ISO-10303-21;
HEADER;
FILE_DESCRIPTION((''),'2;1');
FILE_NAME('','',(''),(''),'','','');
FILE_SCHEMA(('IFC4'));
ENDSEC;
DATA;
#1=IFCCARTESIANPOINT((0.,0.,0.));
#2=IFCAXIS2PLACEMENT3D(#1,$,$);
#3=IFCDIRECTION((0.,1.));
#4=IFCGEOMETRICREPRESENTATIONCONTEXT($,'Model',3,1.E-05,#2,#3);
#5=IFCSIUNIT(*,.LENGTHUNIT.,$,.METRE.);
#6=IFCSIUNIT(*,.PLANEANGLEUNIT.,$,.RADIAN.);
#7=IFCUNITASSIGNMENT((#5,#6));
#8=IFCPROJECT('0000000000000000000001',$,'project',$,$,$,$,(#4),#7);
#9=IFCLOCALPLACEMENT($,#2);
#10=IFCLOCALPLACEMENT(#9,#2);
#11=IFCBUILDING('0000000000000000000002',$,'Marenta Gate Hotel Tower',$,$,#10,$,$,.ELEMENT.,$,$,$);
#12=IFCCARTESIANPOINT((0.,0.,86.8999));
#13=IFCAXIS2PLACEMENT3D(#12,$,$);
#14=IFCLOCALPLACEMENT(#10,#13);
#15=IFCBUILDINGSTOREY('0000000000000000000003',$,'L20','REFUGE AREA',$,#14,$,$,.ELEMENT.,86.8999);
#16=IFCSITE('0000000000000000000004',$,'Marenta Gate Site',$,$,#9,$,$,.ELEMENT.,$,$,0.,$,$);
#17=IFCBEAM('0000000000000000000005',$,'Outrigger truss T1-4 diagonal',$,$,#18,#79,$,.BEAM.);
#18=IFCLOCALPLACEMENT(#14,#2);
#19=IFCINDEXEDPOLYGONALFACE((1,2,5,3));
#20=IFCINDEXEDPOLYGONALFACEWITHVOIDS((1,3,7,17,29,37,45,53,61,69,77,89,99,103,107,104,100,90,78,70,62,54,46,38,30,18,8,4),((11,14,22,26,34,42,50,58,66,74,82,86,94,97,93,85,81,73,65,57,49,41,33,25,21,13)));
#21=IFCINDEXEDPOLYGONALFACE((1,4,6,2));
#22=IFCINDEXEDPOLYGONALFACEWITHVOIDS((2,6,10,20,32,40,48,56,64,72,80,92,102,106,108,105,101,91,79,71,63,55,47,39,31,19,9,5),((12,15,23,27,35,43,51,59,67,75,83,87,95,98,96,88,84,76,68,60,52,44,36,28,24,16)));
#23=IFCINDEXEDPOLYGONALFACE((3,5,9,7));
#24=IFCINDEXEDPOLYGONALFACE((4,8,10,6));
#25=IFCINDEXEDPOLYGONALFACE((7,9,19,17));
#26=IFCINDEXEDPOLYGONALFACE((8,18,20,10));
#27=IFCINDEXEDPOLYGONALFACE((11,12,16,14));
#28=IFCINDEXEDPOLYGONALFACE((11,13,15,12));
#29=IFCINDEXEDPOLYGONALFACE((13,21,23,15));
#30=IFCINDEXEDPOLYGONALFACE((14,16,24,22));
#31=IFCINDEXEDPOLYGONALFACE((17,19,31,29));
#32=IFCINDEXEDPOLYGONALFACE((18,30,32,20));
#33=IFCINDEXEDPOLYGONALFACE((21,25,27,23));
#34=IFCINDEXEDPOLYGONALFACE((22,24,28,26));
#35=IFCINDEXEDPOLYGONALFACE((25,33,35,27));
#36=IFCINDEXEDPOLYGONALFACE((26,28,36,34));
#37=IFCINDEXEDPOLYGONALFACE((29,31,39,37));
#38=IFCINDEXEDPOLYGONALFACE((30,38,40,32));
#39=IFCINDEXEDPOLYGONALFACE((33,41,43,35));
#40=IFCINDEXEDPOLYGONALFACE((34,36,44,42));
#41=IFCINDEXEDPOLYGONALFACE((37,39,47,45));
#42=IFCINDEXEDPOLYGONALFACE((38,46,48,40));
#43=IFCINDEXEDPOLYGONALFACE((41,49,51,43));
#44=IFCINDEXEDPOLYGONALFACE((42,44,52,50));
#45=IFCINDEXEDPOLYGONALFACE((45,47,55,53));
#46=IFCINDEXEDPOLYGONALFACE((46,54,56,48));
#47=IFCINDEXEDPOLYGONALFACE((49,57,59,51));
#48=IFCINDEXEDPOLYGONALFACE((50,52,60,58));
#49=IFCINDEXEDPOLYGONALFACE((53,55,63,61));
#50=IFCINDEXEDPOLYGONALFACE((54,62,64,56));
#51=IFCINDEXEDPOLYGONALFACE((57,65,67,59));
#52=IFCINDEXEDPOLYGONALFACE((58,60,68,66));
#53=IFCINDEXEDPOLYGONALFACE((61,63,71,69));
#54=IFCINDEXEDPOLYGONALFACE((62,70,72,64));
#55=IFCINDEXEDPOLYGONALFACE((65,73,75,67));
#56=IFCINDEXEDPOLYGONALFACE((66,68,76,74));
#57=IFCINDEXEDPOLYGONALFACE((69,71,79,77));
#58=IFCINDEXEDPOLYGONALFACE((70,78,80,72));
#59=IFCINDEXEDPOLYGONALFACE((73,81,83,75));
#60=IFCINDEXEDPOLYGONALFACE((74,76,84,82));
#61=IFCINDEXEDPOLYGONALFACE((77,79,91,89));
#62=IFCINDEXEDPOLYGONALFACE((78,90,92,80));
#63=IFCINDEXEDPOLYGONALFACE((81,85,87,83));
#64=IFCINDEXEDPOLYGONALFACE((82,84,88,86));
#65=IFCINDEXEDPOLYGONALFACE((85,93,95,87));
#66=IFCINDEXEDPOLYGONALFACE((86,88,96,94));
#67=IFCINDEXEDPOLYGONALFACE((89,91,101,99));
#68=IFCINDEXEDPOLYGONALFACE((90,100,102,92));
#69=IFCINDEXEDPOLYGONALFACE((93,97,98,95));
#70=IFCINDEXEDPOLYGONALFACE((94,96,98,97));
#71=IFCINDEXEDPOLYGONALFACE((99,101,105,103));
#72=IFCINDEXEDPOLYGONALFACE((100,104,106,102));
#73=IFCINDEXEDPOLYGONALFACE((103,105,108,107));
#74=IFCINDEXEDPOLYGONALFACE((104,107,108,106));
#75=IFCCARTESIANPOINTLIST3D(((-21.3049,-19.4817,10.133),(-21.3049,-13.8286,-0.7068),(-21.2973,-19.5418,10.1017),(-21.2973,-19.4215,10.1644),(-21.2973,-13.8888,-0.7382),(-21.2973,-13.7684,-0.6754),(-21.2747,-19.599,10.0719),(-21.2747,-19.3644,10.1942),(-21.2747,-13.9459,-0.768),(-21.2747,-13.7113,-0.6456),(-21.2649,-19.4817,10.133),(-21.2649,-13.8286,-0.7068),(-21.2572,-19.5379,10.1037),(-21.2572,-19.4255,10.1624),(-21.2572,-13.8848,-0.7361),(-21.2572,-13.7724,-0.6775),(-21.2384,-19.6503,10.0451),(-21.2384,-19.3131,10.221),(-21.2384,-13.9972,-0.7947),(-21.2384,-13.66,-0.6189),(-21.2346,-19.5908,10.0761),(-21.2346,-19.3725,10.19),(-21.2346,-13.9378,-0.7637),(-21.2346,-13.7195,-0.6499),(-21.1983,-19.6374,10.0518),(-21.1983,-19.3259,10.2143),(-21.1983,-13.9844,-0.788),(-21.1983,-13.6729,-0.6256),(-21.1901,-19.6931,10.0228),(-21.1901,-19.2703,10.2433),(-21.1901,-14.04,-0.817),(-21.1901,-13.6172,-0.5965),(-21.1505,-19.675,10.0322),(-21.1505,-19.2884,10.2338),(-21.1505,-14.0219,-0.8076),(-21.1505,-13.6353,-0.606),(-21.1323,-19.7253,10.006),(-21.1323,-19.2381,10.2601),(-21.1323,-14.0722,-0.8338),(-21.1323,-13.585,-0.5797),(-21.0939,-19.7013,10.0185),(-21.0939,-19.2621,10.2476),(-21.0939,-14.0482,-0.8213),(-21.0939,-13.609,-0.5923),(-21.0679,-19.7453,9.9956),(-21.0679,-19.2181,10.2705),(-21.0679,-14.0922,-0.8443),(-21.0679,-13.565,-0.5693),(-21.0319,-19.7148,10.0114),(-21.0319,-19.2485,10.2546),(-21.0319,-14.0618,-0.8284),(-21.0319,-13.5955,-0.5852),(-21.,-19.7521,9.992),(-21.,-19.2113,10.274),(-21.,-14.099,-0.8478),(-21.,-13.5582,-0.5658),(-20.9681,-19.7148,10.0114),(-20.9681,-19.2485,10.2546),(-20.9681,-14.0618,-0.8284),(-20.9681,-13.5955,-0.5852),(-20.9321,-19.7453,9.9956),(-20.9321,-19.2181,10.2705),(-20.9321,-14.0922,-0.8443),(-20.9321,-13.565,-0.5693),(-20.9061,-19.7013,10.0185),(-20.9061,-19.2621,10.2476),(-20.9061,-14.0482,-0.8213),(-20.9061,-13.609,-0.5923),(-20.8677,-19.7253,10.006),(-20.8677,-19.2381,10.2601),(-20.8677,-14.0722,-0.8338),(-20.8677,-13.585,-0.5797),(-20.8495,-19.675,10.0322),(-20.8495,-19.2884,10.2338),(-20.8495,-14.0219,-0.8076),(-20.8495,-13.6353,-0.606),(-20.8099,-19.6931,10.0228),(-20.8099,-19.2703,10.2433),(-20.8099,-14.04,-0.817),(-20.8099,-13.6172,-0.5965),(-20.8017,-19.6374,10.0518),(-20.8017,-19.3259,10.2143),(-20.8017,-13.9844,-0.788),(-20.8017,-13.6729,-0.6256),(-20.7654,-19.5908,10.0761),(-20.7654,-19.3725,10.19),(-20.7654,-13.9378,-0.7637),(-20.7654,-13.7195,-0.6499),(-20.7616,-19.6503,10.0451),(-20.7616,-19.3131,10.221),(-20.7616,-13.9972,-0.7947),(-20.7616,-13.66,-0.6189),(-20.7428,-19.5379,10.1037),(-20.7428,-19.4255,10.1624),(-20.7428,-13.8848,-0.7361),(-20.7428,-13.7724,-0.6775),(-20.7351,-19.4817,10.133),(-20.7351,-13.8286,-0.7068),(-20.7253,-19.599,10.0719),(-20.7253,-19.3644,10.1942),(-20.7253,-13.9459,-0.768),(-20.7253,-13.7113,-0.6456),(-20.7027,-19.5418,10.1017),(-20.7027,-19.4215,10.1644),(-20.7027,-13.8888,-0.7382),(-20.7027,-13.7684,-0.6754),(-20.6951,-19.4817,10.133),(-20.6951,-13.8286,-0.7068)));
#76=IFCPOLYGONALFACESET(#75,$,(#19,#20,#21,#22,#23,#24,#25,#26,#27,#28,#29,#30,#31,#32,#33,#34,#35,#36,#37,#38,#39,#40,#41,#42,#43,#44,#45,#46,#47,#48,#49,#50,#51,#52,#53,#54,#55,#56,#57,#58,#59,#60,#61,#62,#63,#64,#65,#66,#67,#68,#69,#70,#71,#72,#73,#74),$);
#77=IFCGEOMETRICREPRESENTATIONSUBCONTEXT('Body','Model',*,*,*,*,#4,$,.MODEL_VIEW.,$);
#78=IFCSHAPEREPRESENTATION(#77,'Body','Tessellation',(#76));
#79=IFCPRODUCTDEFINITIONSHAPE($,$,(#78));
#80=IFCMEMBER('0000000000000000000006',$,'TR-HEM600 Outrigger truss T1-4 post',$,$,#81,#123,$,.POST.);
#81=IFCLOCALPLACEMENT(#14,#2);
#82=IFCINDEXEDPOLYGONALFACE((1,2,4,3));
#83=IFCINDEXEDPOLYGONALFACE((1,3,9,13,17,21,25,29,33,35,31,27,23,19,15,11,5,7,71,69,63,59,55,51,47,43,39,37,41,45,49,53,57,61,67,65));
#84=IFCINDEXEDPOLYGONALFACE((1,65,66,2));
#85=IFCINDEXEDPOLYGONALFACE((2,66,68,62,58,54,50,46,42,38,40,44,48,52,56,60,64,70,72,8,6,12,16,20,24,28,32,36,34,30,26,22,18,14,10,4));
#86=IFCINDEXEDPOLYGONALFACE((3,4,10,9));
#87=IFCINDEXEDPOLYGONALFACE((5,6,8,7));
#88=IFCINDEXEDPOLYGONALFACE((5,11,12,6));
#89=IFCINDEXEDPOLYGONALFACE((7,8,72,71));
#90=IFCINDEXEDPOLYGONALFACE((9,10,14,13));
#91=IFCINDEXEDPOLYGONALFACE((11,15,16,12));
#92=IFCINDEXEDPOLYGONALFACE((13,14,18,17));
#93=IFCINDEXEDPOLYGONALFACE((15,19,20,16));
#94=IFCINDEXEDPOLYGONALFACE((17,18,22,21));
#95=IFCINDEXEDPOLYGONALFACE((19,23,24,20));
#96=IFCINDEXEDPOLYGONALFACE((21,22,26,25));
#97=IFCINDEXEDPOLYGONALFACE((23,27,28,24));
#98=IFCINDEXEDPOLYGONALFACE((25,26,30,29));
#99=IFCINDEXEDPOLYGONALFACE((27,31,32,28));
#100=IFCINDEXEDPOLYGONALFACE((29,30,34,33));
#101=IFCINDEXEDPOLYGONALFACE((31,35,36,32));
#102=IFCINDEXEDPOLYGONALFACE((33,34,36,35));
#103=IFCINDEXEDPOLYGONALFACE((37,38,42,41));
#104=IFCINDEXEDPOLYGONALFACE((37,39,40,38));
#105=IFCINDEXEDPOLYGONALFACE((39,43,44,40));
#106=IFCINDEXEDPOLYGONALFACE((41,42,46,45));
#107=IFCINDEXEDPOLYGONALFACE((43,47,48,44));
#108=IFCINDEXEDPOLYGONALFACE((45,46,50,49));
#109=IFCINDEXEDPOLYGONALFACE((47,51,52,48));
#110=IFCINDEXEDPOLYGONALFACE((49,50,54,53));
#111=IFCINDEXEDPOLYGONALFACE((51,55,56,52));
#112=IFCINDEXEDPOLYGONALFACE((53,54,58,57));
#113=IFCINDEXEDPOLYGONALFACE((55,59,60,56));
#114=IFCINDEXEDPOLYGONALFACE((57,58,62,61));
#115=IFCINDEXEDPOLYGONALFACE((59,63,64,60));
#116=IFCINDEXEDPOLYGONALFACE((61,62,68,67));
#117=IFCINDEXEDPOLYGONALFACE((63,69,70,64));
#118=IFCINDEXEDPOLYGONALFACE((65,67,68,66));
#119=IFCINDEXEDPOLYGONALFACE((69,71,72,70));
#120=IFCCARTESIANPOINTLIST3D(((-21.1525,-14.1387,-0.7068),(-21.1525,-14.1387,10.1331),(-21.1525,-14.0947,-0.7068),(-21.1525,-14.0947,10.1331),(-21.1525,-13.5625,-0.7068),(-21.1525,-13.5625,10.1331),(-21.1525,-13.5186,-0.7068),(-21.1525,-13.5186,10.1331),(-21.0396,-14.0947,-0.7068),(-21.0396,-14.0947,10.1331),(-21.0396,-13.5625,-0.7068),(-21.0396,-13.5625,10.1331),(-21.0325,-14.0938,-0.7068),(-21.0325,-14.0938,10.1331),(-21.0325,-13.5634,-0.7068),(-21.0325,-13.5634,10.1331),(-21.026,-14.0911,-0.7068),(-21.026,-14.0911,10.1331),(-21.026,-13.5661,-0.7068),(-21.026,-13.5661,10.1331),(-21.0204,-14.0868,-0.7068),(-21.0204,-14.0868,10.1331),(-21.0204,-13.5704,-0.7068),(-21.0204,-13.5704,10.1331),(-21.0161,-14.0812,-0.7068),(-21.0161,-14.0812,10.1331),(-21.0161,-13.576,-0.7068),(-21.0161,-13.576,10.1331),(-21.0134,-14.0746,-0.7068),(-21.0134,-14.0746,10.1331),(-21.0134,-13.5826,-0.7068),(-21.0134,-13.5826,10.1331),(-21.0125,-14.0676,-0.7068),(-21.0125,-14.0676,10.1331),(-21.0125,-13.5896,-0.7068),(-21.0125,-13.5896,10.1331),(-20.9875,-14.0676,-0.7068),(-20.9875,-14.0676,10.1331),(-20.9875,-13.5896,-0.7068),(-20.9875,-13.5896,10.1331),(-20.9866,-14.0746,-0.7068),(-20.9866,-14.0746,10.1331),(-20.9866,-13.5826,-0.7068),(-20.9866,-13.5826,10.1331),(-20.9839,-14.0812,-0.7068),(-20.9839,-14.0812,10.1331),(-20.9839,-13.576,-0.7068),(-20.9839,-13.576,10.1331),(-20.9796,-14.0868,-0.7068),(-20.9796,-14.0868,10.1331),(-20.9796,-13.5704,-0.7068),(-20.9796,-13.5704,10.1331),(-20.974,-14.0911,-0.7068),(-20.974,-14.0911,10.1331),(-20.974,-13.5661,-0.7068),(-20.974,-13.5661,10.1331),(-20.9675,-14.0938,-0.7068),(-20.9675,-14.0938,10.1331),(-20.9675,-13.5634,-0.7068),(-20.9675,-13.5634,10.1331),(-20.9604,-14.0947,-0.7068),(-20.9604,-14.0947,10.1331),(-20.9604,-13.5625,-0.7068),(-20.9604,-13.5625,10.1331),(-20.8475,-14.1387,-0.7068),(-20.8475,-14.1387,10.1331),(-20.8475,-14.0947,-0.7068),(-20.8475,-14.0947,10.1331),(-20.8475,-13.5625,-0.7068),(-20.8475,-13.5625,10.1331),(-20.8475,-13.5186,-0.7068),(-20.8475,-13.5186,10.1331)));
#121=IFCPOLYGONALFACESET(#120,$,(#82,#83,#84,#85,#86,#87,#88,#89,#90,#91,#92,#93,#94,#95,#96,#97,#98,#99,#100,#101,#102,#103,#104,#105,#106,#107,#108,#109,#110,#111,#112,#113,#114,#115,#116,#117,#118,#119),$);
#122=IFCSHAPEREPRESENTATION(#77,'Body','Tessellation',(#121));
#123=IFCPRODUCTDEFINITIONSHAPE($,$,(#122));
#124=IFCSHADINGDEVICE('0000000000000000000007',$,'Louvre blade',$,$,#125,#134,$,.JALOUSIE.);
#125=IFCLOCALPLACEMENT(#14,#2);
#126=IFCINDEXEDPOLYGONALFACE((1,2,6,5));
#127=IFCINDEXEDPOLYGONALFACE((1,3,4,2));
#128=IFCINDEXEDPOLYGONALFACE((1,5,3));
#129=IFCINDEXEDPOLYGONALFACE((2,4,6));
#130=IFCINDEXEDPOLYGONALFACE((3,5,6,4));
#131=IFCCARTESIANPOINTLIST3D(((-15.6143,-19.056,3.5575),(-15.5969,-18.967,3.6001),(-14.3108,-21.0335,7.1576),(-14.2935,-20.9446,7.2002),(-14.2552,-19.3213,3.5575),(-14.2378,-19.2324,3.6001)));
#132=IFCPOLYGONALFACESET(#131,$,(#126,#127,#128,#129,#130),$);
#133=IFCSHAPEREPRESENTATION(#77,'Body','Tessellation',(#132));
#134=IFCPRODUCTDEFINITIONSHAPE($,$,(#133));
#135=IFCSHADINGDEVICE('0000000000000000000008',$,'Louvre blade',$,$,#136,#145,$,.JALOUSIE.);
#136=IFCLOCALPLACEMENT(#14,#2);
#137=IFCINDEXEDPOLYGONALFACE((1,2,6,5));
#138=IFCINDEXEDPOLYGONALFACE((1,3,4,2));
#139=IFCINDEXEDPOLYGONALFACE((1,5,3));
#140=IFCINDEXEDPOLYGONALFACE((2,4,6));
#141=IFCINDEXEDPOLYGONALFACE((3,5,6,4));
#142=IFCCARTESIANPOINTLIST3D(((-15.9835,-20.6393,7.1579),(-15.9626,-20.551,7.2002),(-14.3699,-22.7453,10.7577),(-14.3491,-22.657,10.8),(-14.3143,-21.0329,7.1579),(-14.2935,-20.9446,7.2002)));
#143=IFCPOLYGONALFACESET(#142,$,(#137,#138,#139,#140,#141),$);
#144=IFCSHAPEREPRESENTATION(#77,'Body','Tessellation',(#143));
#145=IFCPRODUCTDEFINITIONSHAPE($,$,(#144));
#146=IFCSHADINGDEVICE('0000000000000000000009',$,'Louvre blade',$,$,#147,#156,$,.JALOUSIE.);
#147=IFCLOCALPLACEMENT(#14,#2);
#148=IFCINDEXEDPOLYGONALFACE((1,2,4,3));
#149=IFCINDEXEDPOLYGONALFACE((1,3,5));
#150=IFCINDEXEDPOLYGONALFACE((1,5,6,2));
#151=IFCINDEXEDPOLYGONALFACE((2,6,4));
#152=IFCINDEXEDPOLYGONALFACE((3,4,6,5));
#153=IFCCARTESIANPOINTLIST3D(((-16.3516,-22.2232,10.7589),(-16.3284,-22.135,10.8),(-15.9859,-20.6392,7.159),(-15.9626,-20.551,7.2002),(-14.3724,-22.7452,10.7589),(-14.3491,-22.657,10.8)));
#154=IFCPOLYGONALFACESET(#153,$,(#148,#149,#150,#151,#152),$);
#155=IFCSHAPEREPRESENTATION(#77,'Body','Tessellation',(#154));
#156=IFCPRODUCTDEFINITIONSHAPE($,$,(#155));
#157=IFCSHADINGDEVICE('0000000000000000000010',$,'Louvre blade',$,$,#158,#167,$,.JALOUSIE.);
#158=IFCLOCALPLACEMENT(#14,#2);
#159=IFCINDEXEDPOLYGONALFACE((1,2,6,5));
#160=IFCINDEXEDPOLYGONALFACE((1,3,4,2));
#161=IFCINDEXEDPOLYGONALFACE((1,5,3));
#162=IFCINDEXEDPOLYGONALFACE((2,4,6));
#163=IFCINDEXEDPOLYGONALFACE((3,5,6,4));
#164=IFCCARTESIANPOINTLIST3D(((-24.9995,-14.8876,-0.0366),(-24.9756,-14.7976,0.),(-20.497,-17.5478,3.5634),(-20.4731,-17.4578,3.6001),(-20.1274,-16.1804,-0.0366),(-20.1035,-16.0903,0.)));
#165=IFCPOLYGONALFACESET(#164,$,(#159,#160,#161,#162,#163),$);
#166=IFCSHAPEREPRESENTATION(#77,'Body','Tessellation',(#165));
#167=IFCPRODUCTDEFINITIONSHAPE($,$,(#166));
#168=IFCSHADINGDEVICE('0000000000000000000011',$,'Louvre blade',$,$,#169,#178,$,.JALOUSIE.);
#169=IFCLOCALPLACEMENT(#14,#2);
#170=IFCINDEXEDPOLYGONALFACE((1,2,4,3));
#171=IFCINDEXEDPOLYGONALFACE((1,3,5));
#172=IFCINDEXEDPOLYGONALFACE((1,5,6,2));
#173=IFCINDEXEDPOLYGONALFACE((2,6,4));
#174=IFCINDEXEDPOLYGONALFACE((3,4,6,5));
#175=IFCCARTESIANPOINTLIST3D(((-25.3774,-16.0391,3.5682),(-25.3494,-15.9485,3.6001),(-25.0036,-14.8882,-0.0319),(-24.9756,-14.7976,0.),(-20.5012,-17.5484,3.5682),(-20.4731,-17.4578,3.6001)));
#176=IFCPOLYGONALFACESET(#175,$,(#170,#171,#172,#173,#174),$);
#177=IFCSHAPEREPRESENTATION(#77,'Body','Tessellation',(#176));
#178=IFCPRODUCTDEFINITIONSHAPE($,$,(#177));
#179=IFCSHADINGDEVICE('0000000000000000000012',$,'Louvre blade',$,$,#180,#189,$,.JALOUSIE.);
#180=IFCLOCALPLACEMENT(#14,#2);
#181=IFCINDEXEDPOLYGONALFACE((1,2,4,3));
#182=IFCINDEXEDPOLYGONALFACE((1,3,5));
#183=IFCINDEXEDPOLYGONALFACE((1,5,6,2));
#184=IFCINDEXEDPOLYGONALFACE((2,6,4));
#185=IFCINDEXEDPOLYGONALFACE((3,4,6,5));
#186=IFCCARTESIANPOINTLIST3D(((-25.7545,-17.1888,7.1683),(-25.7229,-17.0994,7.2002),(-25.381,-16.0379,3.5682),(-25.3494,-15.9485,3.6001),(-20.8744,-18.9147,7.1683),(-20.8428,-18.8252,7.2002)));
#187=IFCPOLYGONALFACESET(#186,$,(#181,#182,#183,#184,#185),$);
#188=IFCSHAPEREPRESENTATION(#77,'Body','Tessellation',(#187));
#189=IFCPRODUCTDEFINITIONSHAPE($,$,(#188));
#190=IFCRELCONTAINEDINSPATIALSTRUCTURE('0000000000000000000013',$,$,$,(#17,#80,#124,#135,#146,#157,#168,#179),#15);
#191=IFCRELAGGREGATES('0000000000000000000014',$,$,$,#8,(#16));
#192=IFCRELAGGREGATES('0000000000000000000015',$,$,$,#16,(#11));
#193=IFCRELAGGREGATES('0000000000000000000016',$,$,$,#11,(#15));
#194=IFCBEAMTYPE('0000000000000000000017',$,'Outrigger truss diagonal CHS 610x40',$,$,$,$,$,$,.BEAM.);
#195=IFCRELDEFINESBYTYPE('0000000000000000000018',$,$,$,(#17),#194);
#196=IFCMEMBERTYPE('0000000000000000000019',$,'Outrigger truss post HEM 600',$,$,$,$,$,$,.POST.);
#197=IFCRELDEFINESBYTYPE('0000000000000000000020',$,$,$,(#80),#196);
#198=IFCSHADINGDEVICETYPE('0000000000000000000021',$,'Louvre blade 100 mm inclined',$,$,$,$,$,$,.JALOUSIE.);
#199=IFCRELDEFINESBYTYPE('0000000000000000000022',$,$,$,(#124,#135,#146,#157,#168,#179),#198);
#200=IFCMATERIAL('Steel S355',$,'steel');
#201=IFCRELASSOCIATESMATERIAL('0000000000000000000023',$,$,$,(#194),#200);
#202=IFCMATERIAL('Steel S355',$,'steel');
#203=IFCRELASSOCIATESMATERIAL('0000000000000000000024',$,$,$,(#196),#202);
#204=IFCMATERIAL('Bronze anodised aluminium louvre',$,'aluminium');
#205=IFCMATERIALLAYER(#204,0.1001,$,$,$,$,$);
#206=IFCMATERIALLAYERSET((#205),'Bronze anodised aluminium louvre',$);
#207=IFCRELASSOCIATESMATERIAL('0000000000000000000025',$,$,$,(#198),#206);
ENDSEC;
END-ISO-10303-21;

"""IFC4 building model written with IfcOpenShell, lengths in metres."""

from ifc_helpers import new_model, si_unit, direction, frame, origin, origin_2d, place, context, subcontext, project, spatial, polyline, hollow_circle, i_section, outline, extrude, material, layer, layer_set, material_profile, profile_set, type_object, element, save


model = new_model("IFC4")

# Units and contexts
model_context = context("Model", 3, precision=1e-05, world=origin(), true_north=direction((0.0, 1.0)))
body_context = subcontext(model_context, "Body", "Model", "MODEL_VIEW")
ifc_project = project(units=[si_unit("LENGTHUNIT", "METRE"), si_unit("PLANEANGLEUNIT", "RADIAN")], contexts=[model_context])

# Site, building, storey
site_placement = place(None, origin())
site = spatial("IfcSite", under=ifc_project, at=site_placement, Name="Marenta Gate Site", CompositionType="ELEMENT", RefElevation=0.0)
building_placement = place(site_placement, origin())
building = spatial("IfcBuilding", under=site, at=building_placement, Name="Marenta Gate Hotel Tower", CompositionType="ELEMENT")
storey_placement = place(building_placement, frame((0.0, 0.0, 86.8999)))
storey = spatial("IfcBuildingStorey", under=building, at=storey_placement, Name="L20", Description="REFUGE AREA", CompositionType="ELEMENT", Elevation=86.8999)

# Beam
ifc_material_1 = material(Name="Steel S355", Category="steel")
ifc_material_profile_1 = material_profile(ifc_material_1, hollow_circle(Radius=0.3049, WallThickness=0.04, at=origin_2d()), Name="CHS 610x40")
ifc_profile_set_1 = profile_set([ifc_material_profile_1], Name="Steel S355")
beam_type_1 = type_object("IfcBeamType", Name="Outrigger truss diagonal CHS 610x40", PredefinedType="BEAM", material=ifc_profile_set_1)
beam_1_placement = place(storey_placement, frame((-21.0, -13.8286, -0.7068), z_axis=(0.0, -0.462406, 0.886669), x_axis=(1.0, 0.0, 0.0)))
element("IfcBeam", 1, at=beam_1_placement, inside=storey, type_object=beam_type_1, Name="Outrigger truss T1-4 diagonal", PredefinedType="BEAM", context=body_context, shape_type="SweptSolid", body=[
    extrude(hollow_circle(Radius=0.3049, WallThickness=0.04, at=origin_2d()), origin(), (0.0, 0.0, 1.0), 12.2253),
])

# Member
ifc_material_2 = material(Name="Steel S355", Category="steel")
ifc_material_profile_2 = material_profile(ifc_material_2, i_section(OverallWidth=0.3049, OverallDepth=0.6201, WebThickness=0.0249, FlangeThickness=0.0439, FilletRadius=0.0271, at=origin_2d()), Name="HEM 600")
ifc_profile_set_2 = profile_set([ifc_material_profile_2], Name="Steel S355")
member_type_1 = type_object("IfcMemberType", Name="Outrigger truss post HEM 600", PredefinedType="POST", material=ifc_profile_set_2)
member_1_placement = place(storey_placement, frame((-21.0, -13.8286, -0.7068), z_axis=(0.0, 0.0, 1.0), x_axis=(1.0, 0.0, 0.0)))
element("IfcMember", 2, at=member_1_placement, inside=storey, type_object=member_type_1, Name="TR-HEM600 Outrigger truss T1-4 post", PredefinedType="POST", context=body_context, shape_type="SweptSolid", body=[
    extrude(i_section(OverallWidth=0.3049, OverallDepth=0.6201, WebThickness=0.0249, FlangeThickness=0.0439, FilletRadius=0.0271, at=origin_2d()), origin(), (0.0, 0.0, 1.0), 10.8398),
])

# Shading devices
ifc_material_3 = material(Name="Bronze anodised aluminium louvre", Category="aluminium")
ifc_layer = layer(ifc_material_3, 0.1001)
ifc_layer_set = layer_set([ifc_layer], Name="Bronze anodised aluminium louvre")
shading_device_type = type_object("IfcShadingDeviceType", Name="Louvre blade 100 mm inclined", PredefinedType="JALOUSIE", material=ifc_layer_set)
shading_device_1_placement = place(storey_placement, frame((-15.5969, -18.967, 3.6001), z_axis=(0.173455, 0.88834, 0.425165), x_axis=(0.981466, -0.191639, 0.0)))
element("IfcShadingDevice", 3, at=shading_device_1_placement, inside=storey, type_object=shading_device_type, Name="Louvre blade", PredefinedType="JALOUSIE", context=body_context, shape_type="SweptSolid", body=[
    extrude(outline(polyline([(0.0, 0.0), (1.3848, 0.0), (1.6583, -3.9775), (0.0, 0.0)])), origin(), (0.0, 0.0, -1.0), 0.1001),
])
shading_device_2_placement = place(storey_placement, frame((-15.9626, -20.551, 7.2002), z_axis=(0.207964, 0.882042, 0.422791), x_axis=(0.973313, -0.229484, 0.0)))
element("IfcShadingDevice", 4, at=shading_device_2_placement, inside=storey, type_object=shading_device_type, Name="Louvre blade", PredefinedType="JALOUSIE", context=body_context, shape_type="SweptSolid", body=[
    extrude(outline(polyline([(0.0, 0.0), (1.715, 0.0), (2.0537, -3.9724), (0.0, 0.0)])), origin(), (0.0, 0.0, -1.0), 0.1001),
])
shading_device_3_placement = place(storey_placement, frame((-15.9626, -20.551, 7.2002), z_axis=(0.232424, 0.88132, 0.411405), x_axis=(0.360818, -0.470936, 0.805003)))
element("IfcShadingDevice", 5, at=shading_device_3_placement, inside=storey, type_object=shading_device_type, Name="Louvre blade", PredefinedType="JALOUSIE", context=body_context, shape_type="SweptSolid", body=[
    extrude(outline(polyline([(0.0, 0.0), (4.4719, 0.0), (3.5119, -1.8079), (0.0, 0.0)])), origin(), (0.0, 0.0, -1.0), 0.1001),
])
shading_device_4_placement = place(storey_placement, frame((-24.9756, -14.7976, 0.0), z_axis=(0.238651, 0.899438, 0.366138), x_axis=(0.966555, -0.25646, 0.0)))
element("IfcShadingDevice", 6, at=shading_device_4_placement, inside=storey, type_object=shading_device_type, Name="Louvre blade", PredefinedType="JALOUSIE", context=body_context, shape_type="SweptSolid", body=[
    extrude(outline(polyline([(0.0, 0.0), (5.0407, 0.0), (5.0341, -3.8687), (0.0, 0.0)])), origin(), (0.0, 0.0, -1.0), 0.1001),
])
shading_device_5_placement = place(storey_placement, frame((-24.9756, -14.7976, 0.0), z_axis=(0.280273, 0.905515, 0.318574), x_axis=(0.709164, -0.418992, 0.567039)))
element("IfcShadingDevice", 7, at=shading_device_5_placement, inside=storey, type_object=shading_device_type, Name="Louvre blade", PredefinedType="JALOUSIE", context=body_context, shape_type="SweptSolid", body=[
    extrude(outline(polyline([(0.0, 0.0), (6.3489, 0.0), (2.2585, -3.0535), (0.0, 0.0)])), origin(), (0.0, 0.0, -1.0), 0.1001),
])
shading_device_6_placement = place(storey_placement, frame((-25.3494, -15.9485, 3.6001), z_axis=(0.316048, 0.893689, 0.318487), x_axis=(0.699175, -0.446307, 0.558537)))
element("IfcShadingDevice", 8, at=shading_device_6_placement, inside=storey, type_object=shading_device_type, Name="Louvre blade", PredefinedType="JALOUSIE", context=body_context, shape_type="SweptSolid", body=[
    extrude(outline(polyline([(0.0, 0.0), (6.4456, 0.0), (2.2633, -3.05), (0.0, 0.0)])), origin(), (0.0, 0.0, -1.0), 0.1001),
])

save(model, "model.ifc")
